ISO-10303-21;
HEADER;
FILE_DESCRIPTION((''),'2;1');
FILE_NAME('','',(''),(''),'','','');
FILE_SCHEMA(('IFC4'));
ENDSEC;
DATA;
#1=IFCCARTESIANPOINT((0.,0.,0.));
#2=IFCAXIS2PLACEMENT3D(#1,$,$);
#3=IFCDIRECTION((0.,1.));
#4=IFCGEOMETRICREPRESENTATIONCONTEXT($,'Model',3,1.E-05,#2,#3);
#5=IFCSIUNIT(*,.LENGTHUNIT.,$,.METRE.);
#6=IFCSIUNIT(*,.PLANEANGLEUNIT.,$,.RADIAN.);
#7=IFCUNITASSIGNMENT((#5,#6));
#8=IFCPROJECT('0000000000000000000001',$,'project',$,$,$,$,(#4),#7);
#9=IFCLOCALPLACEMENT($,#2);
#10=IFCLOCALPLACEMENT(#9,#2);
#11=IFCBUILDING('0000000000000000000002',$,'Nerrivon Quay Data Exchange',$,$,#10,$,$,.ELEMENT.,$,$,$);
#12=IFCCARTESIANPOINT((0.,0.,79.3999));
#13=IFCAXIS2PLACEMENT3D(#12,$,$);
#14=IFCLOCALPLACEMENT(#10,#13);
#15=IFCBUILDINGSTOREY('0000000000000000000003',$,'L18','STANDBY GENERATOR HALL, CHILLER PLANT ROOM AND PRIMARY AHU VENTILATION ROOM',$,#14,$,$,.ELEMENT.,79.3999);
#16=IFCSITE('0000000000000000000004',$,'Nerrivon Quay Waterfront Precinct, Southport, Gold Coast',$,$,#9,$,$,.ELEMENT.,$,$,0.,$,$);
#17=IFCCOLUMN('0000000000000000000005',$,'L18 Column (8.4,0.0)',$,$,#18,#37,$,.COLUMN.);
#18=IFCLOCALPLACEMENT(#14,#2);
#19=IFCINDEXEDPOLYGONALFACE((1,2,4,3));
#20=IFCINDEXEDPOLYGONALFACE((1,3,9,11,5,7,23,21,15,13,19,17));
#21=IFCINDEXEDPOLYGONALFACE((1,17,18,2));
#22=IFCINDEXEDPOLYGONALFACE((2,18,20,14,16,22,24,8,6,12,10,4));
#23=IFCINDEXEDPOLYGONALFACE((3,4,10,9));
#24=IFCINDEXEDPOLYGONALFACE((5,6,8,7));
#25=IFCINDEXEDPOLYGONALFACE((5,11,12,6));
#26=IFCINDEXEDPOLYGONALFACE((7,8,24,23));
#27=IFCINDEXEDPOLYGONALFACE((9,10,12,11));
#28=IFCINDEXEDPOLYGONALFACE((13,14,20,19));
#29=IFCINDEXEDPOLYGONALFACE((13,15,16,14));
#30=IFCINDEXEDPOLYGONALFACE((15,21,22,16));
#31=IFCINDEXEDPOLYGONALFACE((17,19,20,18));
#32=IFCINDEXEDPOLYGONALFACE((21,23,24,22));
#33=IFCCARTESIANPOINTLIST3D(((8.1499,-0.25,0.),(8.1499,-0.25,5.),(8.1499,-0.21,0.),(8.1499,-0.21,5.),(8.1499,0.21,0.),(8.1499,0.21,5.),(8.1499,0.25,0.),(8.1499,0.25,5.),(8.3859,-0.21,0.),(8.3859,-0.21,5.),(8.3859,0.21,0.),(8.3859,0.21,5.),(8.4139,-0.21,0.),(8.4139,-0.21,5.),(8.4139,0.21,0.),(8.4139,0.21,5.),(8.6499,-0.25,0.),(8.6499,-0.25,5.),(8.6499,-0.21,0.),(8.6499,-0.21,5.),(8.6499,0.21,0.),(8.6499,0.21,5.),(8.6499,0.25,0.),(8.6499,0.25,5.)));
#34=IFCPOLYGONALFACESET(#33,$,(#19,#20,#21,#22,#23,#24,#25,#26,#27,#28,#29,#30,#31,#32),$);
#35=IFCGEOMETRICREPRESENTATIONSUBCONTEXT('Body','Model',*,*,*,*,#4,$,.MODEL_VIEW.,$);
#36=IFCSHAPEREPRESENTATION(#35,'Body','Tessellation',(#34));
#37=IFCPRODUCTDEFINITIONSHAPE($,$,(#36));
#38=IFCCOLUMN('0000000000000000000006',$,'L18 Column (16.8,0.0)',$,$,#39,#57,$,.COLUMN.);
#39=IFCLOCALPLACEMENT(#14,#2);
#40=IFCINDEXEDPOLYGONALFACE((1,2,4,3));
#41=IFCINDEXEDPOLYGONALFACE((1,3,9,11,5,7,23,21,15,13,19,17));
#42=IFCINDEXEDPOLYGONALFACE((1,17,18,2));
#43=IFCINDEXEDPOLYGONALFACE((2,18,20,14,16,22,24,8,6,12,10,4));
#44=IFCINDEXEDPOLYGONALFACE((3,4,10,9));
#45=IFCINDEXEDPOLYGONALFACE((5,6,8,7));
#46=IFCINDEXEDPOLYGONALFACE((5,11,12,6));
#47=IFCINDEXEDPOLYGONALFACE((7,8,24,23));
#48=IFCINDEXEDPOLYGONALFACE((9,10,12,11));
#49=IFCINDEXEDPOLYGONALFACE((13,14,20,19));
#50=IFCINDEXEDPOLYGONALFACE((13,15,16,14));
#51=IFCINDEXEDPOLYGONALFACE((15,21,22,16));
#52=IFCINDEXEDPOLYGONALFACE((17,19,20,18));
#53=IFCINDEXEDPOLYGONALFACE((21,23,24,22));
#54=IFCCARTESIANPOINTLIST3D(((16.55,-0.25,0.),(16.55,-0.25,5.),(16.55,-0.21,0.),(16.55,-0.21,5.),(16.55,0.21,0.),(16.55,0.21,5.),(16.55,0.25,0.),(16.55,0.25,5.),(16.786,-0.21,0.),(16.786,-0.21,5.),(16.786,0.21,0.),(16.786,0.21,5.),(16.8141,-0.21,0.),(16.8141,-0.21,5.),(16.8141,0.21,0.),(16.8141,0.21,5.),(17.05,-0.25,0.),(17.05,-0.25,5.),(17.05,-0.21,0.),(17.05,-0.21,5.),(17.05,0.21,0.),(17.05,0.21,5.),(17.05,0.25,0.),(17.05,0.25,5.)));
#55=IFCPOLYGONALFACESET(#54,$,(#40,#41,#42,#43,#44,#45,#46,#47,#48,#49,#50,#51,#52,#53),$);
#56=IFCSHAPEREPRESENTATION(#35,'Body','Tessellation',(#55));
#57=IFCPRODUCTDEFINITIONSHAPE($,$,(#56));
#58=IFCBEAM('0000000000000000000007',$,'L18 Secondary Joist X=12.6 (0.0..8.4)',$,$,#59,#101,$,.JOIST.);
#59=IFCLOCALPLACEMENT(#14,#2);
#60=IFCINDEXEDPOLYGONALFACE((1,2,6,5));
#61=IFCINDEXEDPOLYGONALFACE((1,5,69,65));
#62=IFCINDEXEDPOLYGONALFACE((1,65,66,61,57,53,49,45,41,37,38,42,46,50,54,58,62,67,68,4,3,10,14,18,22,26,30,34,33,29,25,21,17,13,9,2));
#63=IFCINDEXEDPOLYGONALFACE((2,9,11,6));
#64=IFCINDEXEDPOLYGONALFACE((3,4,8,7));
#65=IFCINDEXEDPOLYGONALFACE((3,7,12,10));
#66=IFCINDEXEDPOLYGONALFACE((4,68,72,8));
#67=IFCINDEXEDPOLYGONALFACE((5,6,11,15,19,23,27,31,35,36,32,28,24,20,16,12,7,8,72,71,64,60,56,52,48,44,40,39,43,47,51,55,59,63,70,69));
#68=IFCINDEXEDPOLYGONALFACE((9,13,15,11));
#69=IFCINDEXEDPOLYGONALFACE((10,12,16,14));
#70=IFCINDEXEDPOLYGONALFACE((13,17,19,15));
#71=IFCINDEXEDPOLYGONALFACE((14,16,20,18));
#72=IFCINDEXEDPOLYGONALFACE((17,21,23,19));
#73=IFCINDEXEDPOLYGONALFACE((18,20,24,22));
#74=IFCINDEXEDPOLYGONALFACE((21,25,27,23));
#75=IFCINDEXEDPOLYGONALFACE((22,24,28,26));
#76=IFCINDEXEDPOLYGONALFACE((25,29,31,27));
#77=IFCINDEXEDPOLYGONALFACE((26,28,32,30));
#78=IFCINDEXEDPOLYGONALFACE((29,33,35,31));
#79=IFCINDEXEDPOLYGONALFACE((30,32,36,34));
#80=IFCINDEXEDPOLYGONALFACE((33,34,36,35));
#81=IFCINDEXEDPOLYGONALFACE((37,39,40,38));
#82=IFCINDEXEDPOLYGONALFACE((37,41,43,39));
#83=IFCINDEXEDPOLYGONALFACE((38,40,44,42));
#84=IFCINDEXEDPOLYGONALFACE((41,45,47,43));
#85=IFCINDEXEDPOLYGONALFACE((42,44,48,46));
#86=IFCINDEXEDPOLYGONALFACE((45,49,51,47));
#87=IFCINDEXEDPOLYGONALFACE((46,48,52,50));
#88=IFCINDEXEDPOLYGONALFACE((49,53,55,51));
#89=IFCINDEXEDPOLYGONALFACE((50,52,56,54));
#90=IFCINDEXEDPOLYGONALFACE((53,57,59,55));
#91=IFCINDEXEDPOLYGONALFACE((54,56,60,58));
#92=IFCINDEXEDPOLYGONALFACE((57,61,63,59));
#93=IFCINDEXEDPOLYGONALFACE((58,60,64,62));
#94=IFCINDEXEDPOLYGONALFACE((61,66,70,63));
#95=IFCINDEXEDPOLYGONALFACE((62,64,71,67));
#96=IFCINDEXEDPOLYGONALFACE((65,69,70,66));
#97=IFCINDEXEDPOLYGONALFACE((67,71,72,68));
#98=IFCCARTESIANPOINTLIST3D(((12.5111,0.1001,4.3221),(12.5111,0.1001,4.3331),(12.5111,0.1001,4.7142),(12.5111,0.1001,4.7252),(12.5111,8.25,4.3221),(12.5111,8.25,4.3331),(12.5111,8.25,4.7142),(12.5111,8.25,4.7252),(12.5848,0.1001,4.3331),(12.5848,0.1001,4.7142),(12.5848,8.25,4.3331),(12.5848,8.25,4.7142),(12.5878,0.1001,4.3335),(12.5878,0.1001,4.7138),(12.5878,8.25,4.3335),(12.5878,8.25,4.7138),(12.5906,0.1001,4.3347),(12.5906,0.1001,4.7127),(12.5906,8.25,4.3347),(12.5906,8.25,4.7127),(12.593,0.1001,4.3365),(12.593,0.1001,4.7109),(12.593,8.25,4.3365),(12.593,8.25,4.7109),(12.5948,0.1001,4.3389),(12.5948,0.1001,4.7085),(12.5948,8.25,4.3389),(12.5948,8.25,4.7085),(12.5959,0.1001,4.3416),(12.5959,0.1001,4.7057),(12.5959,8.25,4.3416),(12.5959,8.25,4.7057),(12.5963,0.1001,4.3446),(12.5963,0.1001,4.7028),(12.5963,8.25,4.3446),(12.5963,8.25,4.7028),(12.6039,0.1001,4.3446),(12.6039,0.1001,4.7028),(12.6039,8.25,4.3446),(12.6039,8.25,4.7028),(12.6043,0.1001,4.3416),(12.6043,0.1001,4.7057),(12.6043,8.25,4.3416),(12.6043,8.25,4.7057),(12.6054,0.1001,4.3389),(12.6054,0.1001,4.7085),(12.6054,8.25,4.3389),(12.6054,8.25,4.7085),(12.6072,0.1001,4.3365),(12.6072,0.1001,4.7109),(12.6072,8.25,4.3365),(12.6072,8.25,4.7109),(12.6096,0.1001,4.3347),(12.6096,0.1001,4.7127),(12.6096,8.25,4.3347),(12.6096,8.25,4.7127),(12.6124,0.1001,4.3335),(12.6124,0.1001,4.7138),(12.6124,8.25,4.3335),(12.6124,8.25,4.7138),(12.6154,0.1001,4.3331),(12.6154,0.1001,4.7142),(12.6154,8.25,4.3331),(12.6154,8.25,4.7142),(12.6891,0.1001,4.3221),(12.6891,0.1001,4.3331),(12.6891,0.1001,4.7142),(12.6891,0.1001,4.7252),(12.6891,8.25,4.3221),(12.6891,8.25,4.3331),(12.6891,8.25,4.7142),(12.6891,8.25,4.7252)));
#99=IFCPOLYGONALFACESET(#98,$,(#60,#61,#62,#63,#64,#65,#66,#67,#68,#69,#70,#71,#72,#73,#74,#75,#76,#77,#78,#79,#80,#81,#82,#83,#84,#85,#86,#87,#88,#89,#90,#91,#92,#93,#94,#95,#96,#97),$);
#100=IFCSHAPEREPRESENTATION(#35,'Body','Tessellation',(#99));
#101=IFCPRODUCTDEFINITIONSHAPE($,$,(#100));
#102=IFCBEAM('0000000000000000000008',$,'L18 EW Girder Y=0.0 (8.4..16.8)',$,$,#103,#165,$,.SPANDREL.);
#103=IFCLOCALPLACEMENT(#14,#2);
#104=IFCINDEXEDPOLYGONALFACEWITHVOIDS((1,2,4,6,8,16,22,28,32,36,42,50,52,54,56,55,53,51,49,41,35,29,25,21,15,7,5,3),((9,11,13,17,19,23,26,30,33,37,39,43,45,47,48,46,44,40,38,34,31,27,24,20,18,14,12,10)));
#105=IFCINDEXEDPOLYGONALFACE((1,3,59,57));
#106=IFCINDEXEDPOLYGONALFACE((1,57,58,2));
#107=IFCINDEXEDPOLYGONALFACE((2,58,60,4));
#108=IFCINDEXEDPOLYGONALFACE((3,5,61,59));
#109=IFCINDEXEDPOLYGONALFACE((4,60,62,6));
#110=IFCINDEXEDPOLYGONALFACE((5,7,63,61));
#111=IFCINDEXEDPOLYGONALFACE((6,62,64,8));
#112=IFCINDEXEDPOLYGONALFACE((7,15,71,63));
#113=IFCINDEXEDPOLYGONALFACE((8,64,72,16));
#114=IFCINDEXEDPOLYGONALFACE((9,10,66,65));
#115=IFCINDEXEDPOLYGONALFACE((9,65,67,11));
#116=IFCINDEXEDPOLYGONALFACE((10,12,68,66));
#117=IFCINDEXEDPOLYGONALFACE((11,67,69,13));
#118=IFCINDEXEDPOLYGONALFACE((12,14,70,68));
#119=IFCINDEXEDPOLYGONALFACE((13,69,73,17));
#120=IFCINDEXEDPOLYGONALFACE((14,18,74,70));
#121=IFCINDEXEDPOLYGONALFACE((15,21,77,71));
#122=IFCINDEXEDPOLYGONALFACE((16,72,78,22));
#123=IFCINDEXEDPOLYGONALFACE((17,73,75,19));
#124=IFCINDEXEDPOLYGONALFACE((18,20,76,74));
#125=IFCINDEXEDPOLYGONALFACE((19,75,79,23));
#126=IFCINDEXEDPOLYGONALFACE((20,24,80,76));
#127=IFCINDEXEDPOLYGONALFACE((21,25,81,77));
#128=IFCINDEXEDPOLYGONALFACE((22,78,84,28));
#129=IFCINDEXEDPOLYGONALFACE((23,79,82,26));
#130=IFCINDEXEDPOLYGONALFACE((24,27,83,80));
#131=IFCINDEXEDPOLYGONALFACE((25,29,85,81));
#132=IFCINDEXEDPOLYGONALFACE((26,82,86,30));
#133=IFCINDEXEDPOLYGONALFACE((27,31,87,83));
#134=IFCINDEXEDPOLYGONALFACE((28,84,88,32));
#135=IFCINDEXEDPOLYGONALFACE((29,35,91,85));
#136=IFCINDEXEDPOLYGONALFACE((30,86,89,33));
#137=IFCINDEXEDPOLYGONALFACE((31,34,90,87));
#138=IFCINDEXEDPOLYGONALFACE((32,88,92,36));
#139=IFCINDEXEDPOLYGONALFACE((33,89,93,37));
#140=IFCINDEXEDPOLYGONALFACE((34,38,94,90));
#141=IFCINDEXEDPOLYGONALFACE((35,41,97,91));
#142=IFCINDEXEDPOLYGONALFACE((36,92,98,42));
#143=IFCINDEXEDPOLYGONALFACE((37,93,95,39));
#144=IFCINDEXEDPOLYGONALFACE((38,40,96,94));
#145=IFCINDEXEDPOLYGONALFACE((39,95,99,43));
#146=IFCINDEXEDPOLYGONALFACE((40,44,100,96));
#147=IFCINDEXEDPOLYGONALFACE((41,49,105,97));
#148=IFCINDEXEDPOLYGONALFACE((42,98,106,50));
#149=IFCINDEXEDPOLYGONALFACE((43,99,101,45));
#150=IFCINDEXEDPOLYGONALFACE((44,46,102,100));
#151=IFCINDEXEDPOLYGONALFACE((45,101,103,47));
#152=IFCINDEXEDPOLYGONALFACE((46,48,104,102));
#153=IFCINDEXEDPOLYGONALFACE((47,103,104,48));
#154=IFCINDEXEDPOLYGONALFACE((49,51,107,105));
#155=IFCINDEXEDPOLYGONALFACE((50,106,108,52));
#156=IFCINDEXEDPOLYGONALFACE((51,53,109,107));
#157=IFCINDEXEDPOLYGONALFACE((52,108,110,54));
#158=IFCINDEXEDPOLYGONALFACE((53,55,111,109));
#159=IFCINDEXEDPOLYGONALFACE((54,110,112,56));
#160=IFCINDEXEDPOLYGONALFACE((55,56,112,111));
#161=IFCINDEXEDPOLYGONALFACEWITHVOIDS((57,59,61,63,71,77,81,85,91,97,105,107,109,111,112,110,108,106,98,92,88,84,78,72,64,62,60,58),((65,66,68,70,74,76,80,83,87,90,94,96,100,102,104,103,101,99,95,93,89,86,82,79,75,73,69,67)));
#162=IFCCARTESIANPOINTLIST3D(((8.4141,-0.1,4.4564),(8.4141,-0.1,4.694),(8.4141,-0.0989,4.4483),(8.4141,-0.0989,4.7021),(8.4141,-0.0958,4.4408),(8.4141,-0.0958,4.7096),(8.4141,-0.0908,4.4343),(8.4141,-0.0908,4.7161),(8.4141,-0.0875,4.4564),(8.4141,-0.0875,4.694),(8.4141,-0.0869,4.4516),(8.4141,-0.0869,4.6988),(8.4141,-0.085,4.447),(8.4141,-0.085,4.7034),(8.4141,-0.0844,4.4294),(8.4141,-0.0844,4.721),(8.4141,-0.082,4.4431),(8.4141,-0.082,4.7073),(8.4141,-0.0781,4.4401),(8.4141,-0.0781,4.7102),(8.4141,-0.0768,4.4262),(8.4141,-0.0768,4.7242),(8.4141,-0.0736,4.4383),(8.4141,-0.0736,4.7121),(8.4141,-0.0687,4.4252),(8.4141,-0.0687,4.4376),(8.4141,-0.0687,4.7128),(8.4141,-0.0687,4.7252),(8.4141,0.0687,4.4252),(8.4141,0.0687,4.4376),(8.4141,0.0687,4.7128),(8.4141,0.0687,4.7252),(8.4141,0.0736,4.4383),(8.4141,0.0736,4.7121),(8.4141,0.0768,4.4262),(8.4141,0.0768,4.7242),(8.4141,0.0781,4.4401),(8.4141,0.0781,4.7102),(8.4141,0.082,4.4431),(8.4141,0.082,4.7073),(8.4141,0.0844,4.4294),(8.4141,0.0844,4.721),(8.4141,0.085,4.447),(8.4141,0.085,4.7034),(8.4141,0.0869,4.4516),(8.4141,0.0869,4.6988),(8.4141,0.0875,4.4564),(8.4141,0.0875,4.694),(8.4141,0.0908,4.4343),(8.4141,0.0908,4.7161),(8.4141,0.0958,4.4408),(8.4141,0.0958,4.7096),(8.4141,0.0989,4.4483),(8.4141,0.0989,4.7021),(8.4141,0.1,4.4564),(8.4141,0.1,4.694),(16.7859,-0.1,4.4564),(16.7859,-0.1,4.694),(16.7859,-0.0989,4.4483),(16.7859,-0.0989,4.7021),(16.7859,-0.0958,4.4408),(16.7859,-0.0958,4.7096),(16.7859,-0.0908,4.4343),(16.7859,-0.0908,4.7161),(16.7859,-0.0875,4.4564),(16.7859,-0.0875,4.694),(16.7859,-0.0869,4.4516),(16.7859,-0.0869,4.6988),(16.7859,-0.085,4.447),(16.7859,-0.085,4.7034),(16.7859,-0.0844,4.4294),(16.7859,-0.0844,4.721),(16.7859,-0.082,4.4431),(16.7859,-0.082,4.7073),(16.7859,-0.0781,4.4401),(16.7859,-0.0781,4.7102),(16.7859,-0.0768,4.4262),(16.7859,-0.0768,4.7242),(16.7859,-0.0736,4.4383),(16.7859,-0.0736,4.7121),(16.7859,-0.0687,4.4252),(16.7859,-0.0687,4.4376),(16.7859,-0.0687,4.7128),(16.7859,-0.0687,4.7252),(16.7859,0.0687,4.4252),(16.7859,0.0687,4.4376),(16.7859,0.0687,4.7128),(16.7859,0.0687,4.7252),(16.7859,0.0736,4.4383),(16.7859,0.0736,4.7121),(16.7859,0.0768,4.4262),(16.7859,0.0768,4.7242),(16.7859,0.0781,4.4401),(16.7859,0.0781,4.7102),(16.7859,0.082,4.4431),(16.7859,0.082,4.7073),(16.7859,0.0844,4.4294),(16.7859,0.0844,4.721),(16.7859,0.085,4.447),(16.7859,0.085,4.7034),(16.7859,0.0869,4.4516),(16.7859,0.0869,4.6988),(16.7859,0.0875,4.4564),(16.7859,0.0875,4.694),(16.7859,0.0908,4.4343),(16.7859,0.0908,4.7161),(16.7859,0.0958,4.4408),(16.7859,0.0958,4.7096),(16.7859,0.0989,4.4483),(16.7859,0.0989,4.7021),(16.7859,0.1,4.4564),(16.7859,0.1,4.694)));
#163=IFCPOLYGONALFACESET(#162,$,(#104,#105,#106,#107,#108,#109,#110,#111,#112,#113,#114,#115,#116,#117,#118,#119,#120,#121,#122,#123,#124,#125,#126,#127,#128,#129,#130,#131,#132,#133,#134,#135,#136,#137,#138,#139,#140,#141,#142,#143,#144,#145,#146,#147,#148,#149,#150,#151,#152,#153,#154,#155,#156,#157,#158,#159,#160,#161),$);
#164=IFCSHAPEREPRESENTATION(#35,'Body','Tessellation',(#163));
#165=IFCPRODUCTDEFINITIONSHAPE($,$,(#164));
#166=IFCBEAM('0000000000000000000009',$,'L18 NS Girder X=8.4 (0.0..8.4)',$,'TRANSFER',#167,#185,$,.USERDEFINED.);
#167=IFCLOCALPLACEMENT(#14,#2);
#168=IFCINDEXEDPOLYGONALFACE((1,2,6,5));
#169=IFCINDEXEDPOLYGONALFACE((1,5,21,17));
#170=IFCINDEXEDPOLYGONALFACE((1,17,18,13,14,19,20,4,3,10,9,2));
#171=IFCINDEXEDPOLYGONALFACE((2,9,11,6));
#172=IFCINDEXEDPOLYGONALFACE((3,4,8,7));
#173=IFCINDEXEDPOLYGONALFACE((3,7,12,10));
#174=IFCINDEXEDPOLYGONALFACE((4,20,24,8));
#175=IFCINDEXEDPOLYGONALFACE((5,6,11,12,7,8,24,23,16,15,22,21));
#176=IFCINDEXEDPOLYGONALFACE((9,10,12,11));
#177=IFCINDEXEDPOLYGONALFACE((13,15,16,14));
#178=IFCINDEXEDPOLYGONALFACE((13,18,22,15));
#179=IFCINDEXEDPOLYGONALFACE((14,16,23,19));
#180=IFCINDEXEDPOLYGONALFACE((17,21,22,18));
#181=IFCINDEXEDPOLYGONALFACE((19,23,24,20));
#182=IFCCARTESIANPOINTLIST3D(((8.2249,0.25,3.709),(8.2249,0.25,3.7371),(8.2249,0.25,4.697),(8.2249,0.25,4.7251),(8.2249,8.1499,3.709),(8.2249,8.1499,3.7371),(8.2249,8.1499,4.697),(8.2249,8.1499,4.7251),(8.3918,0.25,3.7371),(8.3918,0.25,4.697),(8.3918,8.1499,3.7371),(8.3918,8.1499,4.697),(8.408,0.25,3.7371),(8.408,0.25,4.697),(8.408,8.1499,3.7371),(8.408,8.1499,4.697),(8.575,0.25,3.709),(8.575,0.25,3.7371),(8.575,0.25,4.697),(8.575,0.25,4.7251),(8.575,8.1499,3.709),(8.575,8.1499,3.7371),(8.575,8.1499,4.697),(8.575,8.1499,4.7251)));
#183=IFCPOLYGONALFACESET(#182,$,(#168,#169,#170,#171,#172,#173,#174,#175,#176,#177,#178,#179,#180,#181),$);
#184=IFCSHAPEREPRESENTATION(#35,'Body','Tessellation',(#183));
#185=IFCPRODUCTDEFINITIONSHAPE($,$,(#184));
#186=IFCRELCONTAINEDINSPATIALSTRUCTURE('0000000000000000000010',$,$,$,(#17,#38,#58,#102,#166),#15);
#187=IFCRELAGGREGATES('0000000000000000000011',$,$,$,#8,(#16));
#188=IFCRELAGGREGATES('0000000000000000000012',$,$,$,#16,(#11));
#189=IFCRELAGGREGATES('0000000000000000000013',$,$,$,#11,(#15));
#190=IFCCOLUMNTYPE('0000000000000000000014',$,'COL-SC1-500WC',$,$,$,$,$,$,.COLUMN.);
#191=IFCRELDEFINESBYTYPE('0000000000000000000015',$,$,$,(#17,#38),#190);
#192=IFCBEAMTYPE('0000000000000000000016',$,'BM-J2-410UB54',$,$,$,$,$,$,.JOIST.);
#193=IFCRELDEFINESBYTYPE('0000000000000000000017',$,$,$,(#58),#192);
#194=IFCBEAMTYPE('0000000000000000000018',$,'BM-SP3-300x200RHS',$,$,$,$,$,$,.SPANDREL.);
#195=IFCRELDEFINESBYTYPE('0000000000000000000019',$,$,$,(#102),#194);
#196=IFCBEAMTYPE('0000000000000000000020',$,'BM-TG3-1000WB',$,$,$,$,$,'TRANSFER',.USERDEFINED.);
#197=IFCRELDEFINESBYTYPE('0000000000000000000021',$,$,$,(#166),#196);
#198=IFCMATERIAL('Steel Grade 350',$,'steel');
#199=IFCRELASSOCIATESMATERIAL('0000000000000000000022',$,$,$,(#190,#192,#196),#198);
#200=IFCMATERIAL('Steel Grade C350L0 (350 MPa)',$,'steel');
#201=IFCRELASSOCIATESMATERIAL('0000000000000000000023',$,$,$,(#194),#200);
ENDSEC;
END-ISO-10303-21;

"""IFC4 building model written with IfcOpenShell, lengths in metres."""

from ifc_helpers import new_model, si_unit, direction, frame, origin, origin_2d, place, context, subcontext, project, spatial, hollow_rectangle, i_section, extrude, material, material_profile, profile_set, type_object, element, save


model = new_model("IFC4")

# Units and contexts
model_context = context("Model", 3, precision=1e-05, world=origin(), true_north=direction((0.0, 1.0)))
body_context = subcontext(model_context, "Body", "Model", "MODEL_VIEW")
ifc_project = project(units=[si_unit("LENGTHUNIT", "METRE"), si_unit("PLANEANGLEUNIT", "RADIAN")], contexts=[model_context])

# Site, building, storey
site_placement = place(None, origin())
site = spatial("IfcSite", under=ifc_project, at=site_placement, Name="Nerrivon Quay Waterfront Precinct, Southport, Gold Coast", CompositionType="ELEMENT", RefElevation=0.0)
building_placement = place(site_placement, origin())
building = spatial("IfcBuilding", under=site, at=building_placement, Name="Nerrivon Quay Data Exchange", CompositionType="ELEMENT")
storey_placement = place(building_placement, frame((0.0, 0.0, 79.3999)))
storey = spatial("IfcBuildingStorey", under=building, at=storey_placement, Name="L18", Description="STANDBY GENERATOR HALL, CHILLER PLANT ROOM AND PRIMARY AHU VENTILATION ROOM", CompositionType="ELEMENT", Elevation=79.3999)

# Columns
ifc_material_1 = material(Name="Steel Grade 350", Category="steel")
ifc_material_profile_1 = material_profile(ifc_material_1, i_section(OverallWidth=0.5, OverallDepth=0.5, WebThickness=0.0281, FlangeThickness=0.04, at=origin_2d()), Name="500WC440")
ifc_profile_set_1 = profile_set([ifc_material_profile_1], Name="Steel Grade 350")
column_type = type_object("IfcColumnType", Name="COL-SC1-500WC", PredefinedType="COLUMN", material=ifc_profile_set_1)
for number, where, z_axis, x_axis, name in (
    (1, (8.3999, 0.0, 0.0), (0.0, 0.0, 1.0), (1.0, 0.0, 0.0), "L18 Column (8.4,0.0)"),
    (2, (16.8, 0.0, 0.0), (0.0, 0.0, 1.0), (1.0, 0.0, 0.0), "L18 Column (16.8,0.0)"),
):
    element("IfcColumn", number, at=place(storey_placement, frame(where, z_axis=z_axis, x_axis=x_axis)), inside=storey, type_object=column_type, Name=name, PredefinedType="COLUMN", context=body_context, shape_type="SweptSolid", body=[
        extrude(i_section(OverallWidth=0.5, OverallDepth=0.5, WebThickness=0.0281, FlangeThickness=0.04, at=origin_2d()), origin(), (0.0, 0.0, 1.0), 5.0),
    ])

# Beams
ifc_material_profile_2 = material_profile(ifc_material_1, i_section(OverallWidth=0.178, OverallDepth=0.4031, WebThickness=0.0076, FlangeThickness=0.011, FilletRadius=0.0115, at=origin_2d()), Name="410UB53.7")
ifc_profile_set_2 = profile_set([ifc_material_profile_2], Name="Steel Grade 350")
beam_type_1 = type_object("IfcBeamType", Name="BM-J2-410UB54", PredefinedType="JOIST", material=ifc_profile_set_2)
beam_1_placement = place(storey_placement, frame((12.6001, 0.1001, 4.5237), z_axis=(0.0, 1.0, 0.0), x_axis=(-1.0, 0.0, 0.0)))
element("IfcBeam", 3, at=beam_1_placement, inside=storey, type_object=beam_type_1, Name="L18 Secondary Joist X=12.6 (0.0..8.4)", PredefinedType="JOIST", context=body_context, shape_type="SweptSolid", body=[
    extrude(i_section(OverallWidth=0.178, OverallDepth=0.4031, WebThickness=0.0076, FlangeThickness=0.011, FilletRadius=0.0115, at=origin_2d()), origin(), (0.0, 0.0, 1.0), 8.1499),
])
ifc_material_2 = material(Name="Steel Grade C350L0 (350 MPa)", Category="steel")
ifc_material_profile_3 = material_profile(ifc_material_2, hollow_rectangle(XDim=0.2, YDim=0.3, WallThickness=0.0125, InnerFilletRadius=0.0188, OuterFilletRadius=0.0312, at=origin_2d()), Name="300x200x12.5RHS")
ifc_profile_set_3 = profile_set([ifc_material_profile_3], Name="Steel Grade C350L0 (350 MPa)")
beam_type_2 = type_object("IfcBeamType", Name="BM-SP3-300x200RHS", PredefinedType="SPANDREL", material=ifc_profile_set_3)
beam_2_placement = place(storey_placement, frame((8.4141, 0.0, 4.5752), z_axis=(1.0, 0.0, 0.0), x_axis=(0.0, 1.0, 0.0)))
element("IfcBeam", 4, at=beam_2_placement, inside=storey, type_object=beam_type_2, Name="L18 EW Girder Y=0.0 (8.4..16.8)", PredefinedType="SPANDREL", context=body_context, shape_type="SweptSolid", body=[
    extrude(hollow_rectangle(XDim=0.2, YDim=0.3, WallThickness=0.0125, InnerFilletRadius=0.0188, OuterFilletRadius=0.0312, at=origin_2d()), origin(), (0.0, 0.0, 1.0), 8.3718),
])
ifc_material_profile_4 = material_profile(ifc_material_1, i_section(OverallWidth=0.3501, OverallDepth=1.0161, WebThickness=0.0161, FlangeThickness=0.0281, at=origin_2d()), Name="1000WB258")
ifc_profile_set_4 = profile_set([ifc_material_profile_4], Name="Steel Grade 350")
beam_type_3 = type_object("IfcBeamType", Name="BM-TG3-1000WB", ElementType="TRANSFER", PredefinedType="USERDEFINED", material=ifc_profile_set_4)
beam_3_placement = place(storey_placement, frame((8.3999, 0.25, 4.217), z_axis=(0.0, 1.0, 0.0), x_axis=(-1.0, 0.0, 0.0)))
element("IfcBeam", 5, at=beam_3_placement, inside=storey, type_object=beam_type_3, Name="L18 NS Girder X=8.4 (0.0..8.4)", ObjectType="TRANSFER", PredefinedType="USERDEFINED", context=body_context, shape_type="SweptSolid", body=[
    extrude(i_section(OverallWidth=0.3501, OverallDepth=1.0161, WebThickness=0.0161, FlangeThickness=0.0281, at=origin_2d()), origin(), (0.0, 0.0, 1.0), 7.8999),
])

save(model, "model.ifc")
